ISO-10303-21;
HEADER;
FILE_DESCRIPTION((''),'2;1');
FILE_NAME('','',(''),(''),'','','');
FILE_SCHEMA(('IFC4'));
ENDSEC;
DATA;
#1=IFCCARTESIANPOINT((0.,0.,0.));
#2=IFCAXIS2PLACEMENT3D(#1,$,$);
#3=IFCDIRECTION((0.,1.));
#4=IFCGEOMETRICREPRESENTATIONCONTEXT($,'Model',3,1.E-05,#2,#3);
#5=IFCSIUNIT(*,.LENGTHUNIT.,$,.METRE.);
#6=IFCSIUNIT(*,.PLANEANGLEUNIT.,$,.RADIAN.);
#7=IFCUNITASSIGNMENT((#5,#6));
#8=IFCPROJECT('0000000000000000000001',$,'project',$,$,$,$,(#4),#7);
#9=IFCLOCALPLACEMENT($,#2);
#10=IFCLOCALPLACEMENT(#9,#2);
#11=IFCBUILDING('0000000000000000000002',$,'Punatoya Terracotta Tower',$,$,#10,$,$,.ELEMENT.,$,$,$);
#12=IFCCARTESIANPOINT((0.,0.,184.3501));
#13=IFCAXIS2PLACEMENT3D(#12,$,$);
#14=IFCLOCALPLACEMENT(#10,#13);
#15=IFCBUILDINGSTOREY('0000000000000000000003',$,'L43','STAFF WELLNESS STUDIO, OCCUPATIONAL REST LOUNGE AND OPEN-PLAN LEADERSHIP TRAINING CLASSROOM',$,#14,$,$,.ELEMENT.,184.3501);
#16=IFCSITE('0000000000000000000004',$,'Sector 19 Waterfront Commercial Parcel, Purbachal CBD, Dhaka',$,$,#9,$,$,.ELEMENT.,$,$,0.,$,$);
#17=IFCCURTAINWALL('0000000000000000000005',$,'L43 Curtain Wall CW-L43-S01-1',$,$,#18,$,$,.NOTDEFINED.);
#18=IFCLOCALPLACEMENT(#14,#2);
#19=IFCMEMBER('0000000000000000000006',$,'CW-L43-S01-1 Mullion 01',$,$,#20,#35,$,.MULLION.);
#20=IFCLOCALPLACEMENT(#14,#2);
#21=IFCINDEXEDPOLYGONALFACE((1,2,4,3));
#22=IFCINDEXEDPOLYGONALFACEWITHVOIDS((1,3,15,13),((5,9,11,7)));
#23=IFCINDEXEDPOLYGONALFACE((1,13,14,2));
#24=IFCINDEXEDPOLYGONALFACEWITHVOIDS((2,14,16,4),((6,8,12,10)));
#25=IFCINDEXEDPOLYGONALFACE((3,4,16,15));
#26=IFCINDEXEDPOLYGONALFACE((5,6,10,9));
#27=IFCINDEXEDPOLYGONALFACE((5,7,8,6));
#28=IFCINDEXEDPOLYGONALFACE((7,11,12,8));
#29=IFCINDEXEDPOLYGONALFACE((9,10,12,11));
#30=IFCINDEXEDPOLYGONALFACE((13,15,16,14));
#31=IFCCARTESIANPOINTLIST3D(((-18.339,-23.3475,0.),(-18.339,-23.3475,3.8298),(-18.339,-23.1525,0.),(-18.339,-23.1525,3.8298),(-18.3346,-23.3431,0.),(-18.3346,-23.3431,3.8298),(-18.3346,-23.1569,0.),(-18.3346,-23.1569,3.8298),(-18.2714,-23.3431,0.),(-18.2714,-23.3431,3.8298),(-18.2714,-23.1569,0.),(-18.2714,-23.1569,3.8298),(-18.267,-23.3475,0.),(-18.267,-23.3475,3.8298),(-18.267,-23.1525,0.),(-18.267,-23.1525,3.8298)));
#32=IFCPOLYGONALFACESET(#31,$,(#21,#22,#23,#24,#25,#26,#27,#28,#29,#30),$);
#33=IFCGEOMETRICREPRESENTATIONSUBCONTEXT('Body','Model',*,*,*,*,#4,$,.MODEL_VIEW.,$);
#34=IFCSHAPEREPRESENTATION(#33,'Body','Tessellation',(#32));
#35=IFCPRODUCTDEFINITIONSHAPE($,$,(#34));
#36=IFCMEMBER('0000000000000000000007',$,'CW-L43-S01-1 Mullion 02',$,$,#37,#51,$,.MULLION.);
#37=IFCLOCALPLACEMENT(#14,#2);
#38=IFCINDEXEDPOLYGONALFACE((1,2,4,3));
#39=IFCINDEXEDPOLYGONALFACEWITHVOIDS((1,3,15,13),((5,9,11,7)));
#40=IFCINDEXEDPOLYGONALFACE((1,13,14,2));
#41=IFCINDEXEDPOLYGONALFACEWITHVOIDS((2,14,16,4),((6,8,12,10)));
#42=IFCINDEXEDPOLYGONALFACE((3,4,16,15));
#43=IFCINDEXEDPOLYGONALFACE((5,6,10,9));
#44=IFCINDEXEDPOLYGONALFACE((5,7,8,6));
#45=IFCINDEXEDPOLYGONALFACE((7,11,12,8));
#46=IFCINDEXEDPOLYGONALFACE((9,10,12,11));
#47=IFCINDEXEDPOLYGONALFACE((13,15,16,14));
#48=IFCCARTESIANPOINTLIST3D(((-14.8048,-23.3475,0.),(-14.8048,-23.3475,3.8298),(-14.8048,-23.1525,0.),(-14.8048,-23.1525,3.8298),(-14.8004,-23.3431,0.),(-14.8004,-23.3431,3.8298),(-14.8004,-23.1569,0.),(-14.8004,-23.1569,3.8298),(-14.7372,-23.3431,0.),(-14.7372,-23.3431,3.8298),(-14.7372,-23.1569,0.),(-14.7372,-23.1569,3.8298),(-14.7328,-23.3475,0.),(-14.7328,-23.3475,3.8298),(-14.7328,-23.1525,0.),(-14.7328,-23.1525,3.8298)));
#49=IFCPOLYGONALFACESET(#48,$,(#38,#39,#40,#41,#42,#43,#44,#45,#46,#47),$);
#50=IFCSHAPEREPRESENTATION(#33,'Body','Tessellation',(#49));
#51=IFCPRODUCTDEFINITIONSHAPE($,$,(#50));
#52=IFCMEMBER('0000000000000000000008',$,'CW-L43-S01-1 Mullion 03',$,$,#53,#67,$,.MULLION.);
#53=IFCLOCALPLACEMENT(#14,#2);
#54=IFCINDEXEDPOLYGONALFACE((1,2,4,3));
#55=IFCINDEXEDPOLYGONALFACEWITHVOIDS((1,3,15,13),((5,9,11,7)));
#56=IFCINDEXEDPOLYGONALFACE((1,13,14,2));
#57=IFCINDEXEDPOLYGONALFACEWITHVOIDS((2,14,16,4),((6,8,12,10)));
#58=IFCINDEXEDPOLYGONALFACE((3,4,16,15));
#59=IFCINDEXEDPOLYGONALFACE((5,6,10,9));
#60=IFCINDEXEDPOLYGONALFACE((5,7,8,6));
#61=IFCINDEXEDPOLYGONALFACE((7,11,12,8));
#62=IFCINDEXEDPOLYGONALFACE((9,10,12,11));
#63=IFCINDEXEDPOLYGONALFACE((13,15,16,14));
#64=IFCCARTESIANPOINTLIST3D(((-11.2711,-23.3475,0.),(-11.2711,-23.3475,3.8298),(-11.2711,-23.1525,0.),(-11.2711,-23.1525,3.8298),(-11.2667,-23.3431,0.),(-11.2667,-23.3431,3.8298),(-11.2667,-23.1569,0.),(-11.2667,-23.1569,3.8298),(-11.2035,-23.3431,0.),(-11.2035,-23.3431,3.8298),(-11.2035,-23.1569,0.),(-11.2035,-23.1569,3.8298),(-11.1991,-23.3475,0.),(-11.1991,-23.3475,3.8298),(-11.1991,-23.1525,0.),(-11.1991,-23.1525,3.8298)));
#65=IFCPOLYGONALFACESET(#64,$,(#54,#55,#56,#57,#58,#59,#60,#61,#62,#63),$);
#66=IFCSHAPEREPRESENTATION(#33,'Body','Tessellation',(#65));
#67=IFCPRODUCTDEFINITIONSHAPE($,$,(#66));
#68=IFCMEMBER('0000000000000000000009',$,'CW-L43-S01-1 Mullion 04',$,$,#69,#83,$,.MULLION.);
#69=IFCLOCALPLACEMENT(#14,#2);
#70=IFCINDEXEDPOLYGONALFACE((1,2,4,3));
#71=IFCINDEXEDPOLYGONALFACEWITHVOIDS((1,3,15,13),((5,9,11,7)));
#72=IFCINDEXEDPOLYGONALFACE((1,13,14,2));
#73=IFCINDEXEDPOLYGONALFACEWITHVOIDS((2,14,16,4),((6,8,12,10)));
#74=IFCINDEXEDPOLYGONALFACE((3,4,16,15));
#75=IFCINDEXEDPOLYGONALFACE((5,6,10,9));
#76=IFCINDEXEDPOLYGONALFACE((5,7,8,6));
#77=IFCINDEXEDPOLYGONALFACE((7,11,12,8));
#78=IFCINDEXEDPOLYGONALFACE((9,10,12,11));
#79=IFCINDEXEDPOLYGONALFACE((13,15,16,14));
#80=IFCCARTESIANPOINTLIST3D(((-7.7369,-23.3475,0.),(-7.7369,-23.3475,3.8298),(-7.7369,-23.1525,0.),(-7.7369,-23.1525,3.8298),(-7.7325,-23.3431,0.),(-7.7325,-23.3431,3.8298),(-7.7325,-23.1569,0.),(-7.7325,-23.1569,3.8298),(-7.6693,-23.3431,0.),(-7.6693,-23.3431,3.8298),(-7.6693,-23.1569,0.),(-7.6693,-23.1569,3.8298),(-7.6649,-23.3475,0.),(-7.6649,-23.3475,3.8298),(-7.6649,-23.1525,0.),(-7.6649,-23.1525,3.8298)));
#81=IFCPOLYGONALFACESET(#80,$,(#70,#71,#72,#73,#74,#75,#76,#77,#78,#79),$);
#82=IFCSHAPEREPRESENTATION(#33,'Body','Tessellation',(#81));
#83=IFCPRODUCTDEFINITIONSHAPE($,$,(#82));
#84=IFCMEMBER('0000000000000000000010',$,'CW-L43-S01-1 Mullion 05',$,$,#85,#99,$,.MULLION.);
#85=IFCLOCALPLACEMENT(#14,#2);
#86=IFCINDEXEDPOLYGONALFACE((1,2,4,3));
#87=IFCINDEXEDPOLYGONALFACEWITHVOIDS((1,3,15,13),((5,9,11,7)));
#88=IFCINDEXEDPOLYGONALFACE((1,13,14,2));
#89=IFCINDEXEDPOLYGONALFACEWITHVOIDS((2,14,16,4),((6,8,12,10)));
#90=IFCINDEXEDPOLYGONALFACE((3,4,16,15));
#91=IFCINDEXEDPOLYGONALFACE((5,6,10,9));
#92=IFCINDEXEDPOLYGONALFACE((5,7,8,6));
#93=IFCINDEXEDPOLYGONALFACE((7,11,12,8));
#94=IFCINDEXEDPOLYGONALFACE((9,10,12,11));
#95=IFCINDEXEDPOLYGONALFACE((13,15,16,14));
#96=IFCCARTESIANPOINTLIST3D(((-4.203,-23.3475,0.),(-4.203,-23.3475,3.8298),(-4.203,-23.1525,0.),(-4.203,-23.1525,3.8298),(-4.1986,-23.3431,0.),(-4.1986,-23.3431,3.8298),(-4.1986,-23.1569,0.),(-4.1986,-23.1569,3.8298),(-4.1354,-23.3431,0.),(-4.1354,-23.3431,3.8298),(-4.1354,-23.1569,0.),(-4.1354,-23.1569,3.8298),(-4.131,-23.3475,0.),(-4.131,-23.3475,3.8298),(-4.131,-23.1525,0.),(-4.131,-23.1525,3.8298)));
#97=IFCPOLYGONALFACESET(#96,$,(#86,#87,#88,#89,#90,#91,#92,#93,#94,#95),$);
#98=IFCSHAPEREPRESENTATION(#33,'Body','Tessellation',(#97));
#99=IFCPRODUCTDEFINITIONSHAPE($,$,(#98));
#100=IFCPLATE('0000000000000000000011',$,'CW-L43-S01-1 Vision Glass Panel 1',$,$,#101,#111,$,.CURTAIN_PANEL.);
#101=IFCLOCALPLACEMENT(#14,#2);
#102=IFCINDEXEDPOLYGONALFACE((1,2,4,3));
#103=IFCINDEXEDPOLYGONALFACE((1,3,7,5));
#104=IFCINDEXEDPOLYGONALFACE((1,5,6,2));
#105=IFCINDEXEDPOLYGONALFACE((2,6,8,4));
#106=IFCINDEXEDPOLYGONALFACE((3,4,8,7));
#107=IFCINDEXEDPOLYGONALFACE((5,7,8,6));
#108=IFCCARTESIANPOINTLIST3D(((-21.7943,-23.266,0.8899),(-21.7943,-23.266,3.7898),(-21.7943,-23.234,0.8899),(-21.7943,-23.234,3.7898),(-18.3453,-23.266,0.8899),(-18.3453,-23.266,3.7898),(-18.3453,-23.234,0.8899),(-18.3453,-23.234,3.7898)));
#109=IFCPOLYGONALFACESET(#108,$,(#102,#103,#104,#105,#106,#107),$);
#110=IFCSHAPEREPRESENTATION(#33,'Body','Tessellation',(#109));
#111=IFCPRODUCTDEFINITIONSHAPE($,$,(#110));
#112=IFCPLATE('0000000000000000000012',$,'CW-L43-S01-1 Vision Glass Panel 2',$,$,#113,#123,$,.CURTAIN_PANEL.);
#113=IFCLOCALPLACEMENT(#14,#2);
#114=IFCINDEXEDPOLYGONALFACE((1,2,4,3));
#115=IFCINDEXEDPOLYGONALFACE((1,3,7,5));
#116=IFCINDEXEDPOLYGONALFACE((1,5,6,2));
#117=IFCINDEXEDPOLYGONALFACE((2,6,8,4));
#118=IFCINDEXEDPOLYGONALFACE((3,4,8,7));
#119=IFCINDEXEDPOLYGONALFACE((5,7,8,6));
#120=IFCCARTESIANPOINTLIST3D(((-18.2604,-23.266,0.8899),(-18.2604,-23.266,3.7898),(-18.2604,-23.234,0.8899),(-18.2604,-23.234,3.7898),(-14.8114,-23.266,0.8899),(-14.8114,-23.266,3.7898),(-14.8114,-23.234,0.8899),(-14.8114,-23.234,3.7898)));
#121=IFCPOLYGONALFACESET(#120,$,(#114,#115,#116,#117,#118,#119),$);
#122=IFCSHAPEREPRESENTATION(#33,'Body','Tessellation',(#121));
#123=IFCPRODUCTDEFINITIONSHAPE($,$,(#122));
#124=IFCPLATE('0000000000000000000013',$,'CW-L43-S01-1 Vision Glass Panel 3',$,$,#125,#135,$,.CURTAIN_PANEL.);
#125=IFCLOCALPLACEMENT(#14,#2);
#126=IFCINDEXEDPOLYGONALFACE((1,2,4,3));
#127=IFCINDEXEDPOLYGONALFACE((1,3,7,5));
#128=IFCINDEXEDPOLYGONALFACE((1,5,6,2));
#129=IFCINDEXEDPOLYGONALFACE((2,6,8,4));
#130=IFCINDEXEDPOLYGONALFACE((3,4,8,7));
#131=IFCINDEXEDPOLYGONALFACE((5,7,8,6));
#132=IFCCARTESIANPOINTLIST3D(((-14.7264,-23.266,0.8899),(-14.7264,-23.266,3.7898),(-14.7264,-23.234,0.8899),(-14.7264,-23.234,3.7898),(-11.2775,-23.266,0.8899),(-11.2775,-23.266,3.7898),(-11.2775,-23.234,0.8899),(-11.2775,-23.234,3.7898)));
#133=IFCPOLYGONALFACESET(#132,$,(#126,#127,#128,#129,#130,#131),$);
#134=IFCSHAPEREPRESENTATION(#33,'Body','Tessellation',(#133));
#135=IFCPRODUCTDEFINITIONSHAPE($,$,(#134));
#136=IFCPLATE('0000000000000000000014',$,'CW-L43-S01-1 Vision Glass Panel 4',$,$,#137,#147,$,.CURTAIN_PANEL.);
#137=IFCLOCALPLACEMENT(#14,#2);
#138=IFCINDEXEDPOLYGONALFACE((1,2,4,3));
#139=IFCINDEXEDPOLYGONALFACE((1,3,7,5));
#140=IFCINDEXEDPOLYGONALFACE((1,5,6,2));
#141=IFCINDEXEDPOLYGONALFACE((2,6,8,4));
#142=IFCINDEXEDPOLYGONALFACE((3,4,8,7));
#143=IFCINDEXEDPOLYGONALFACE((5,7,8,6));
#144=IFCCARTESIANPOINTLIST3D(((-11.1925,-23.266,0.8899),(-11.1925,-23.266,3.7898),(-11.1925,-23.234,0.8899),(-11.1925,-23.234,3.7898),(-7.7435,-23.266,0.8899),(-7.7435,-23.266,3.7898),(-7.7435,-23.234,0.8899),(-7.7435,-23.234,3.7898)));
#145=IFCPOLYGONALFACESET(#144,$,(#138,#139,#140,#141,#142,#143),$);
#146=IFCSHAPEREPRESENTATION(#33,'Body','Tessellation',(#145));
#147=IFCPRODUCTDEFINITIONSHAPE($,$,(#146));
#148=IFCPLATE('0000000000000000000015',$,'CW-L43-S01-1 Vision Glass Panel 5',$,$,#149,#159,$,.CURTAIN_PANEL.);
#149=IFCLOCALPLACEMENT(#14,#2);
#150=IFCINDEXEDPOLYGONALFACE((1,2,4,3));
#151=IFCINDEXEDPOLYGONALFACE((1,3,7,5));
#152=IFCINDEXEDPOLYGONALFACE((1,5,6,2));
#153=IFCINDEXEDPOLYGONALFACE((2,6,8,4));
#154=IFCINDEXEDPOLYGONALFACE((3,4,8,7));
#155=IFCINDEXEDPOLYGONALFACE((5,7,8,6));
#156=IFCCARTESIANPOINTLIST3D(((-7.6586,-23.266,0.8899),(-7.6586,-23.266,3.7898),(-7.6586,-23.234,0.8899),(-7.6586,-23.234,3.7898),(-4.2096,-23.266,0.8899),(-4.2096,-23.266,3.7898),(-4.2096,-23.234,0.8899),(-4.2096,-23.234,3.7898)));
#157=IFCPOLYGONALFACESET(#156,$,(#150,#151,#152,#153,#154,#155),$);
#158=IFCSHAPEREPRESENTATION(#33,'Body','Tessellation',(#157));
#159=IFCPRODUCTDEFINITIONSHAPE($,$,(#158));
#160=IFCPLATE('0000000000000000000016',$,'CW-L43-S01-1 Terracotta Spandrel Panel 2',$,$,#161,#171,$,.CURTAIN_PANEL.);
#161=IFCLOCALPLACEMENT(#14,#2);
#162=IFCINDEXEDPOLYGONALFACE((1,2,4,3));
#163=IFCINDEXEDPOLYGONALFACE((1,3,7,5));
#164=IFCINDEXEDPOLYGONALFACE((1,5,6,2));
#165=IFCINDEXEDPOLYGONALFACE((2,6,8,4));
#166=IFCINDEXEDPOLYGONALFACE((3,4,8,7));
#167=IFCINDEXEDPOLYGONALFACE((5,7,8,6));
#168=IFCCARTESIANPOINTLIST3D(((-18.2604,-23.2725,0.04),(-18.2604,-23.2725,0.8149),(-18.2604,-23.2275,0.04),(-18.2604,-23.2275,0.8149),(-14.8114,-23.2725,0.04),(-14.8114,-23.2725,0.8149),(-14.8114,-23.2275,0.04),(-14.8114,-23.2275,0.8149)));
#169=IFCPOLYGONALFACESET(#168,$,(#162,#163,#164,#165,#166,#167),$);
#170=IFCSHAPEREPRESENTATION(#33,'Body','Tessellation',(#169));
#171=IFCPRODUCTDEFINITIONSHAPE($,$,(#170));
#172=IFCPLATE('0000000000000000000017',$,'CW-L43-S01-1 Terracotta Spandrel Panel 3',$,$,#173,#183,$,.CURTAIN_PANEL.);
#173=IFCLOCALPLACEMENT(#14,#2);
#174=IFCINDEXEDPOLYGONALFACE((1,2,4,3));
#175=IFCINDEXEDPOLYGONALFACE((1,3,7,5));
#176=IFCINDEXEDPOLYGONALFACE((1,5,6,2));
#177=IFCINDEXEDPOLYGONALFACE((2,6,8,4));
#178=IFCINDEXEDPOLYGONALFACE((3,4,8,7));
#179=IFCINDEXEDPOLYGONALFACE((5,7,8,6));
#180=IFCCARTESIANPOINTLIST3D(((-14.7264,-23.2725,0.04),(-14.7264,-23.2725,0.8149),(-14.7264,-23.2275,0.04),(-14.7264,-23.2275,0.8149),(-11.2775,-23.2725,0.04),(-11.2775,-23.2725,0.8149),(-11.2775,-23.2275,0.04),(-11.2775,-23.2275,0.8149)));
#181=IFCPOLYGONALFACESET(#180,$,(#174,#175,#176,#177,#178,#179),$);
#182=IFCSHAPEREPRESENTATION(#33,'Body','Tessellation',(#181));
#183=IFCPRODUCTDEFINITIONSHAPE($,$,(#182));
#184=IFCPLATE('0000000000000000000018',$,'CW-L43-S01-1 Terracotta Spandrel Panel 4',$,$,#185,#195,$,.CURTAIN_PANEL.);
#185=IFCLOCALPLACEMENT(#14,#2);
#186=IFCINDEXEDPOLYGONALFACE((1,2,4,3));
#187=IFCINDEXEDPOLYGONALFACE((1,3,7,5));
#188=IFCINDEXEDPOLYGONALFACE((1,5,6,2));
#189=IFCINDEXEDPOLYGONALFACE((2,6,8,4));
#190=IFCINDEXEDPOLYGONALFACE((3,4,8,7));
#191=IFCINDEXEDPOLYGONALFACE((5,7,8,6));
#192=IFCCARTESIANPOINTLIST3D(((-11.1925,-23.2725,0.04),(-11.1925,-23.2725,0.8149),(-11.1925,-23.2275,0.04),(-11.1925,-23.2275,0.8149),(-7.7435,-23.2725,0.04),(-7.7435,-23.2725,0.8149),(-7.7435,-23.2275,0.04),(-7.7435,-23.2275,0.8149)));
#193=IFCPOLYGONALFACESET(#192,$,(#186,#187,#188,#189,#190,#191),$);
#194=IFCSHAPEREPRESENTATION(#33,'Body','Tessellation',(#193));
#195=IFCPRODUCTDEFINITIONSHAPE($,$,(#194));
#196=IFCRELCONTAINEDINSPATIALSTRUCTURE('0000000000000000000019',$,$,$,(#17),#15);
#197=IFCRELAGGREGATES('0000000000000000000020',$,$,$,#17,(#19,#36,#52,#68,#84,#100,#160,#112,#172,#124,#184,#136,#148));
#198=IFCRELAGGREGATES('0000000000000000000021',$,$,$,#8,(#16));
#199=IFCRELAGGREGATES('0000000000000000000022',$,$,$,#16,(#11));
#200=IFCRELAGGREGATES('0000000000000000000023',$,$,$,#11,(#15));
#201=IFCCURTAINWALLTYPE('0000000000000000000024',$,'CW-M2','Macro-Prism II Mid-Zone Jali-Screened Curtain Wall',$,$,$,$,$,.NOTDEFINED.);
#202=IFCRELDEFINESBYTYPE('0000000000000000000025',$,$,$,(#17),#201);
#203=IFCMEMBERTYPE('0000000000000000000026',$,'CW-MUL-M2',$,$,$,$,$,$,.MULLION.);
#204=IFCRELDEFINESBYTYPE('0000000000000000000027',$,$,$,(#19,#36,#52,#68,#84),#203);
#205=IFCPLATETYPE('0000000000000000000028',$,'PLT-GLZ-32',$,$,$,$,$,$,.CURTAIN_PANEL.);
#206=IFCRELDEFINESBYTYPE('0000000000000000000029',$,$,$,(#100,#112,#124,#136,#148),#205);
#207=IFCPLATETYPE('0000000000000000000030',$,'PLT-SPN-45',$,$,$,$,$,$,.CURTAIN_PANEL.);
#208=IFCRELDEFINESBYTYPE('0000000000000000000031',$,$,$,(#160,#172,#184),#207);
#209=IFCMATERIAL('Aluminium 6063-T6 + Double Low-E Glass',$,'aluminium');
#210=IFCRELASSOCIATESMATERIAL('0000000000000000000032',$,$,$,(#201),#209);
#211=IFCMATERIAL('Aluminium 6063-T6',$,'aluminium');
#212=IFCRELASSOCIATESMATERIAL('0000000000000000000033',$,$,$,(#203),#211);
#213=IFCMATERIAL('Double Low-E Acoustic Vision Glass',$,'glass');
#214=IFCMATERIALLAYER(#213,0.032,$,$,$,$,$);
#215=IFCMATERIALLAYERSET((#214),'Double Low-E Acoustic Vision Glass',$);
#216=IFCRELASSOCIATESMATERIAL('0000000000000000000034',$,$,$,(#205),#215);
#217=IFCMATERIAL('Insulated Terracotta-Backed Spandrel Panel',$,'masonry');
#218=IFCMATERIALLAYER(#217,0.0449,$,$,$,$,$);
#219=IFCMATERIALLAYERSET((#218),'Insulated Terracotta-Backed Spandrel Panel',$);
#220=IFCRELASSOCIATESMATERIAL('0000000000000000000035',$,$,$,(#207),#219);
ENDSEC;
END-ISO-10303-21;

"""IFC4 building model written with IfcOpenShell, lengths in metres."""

from ifc_helpers import new_model, si_unit, direction, frame, origin, origin_2d, place, context, subcontext, project, spatial, rectangle, hollow_rectangle, extrude, material, layer, layer_set, material_profile, profile_set, type_object, element, aggregate, save


model = new_model("IFC4")

# Units and contexts
model_context = context("Model", 3, precision=1e-05, world=origin(), true_north=direction((0.0, 1.0)))
body_context = subcontext(model_context, "Body", "Model", "MODEL_VIEW")
ifc_project = project(units=[si_unit("LENGTHUNIT", "METRE"), si_unit("PLANEANGLEUNIT", "RADIAN")], contexts=[model_context])

# Site, building, storey
site_placement = place(None, origin())
site = spatial("IfcSite", under=ifc_project, at=site_placement, Name="Sector 19 Waterfront Commercial Parcel, Purbachal CBD, Dhaka", CompositionType="ELEMENT", RefElevation=0.0)
building_placement = place(site_placement, origin())
building = spatial("IfcBuilding", under=site, at=building_placement, Name="Punatoya Terracotta Tower", CompositionType="ELEMENT")
storey_placement = place(building_placement, frame((0.0, 0.0, 184.3501)))
storey = spatial("IfcBuildingStorey", under=building, at=storey_placement, Name="L43", Description="STAFF WELLNESS STUDIO, OCCUPATIONAL REST LOUNGE AND OPEN-PLAN LEADERSHIP TRAINING CLASSROOM", CompositionType="ELEMENT", Elevation=184.3501)

# Curtain wall, members, plates
ifc_material_1 = material(Name="Aluminium 6063-T6 + Double Low-E Glass", Category="aluminium")
curtain_wall_type = type_object("IfcCurtainWallType", Name="CW-M2", Description="Macro-Prism II Mid-Zone Jali-Screened Curtain Wall", PredefinedType="NOTDEFINED", material=ifc_material_1)
curtain_wall_placement = place(storey_placement, origin())
curtain_wall = element("IfcCurtainWall", 1, at=curtain_wall_placement, inside=storey, type_object=curtain_wall_type, Name="L43 Curtain Wall CW-L43-S01-1", PredefinedType="NOTDEFINED")
ifc_material_2 = material(Name="Aluminium 6063-T6", Category="aluminium")
ifc_material_profile_1 = material_profile(ifc_material_2, hollow_rectangle(XDim=0.072, YDim=0.1951, WallThickness=0.0044, at=origin_2d()))
ifc_profile_set_1 = profile_set([ifc_material_profile_1], Name="Aluminium 6063-T6")
member_type = type_object("IfcMemberType", Name="CW-MUL-M2", PredefinedType="MULLION", material=ifc_profile_set_1)
member_1_placement = place(storey_placement, frame((-18.303, -23.25, 0.0), z_axis=(0.0, 0.0, 1.0), x_axis=(1.0, 0.0, 0.0)))
member_1 = element("IfcMember", 2, at=member_1_placement, type_object=member_type, Name="CW-L43-S01-1 Mullion 01", PredefinedType="MULLION", context=body_context, shape_type="SweptSolid", body=[
    extrude(hollow_rectangle(XDim=0.072, YDim=0.1951, WallThickness=0.0044, at=origin_2d()), origin(), (0.0, 0.0, 1.0), 3.8298),
])
member_2_placement = place(storey_placement, frame((-14.7688, -23.25, 0.0), z_axis=(0.0, 0.0, 1.0), x_axis=(1.0, 0.0, 0.0)))
member_2 = element("IfcMember", 3, at=member_2_placement, type_object=member_type, Name="CW-L43-S01-1 Mullion 02", PredefinedType="MULLION", context=body_context, shape_type="SweptSolid", body=[
    extrude(hollow_rectangle(XDim=0.072, YDim=0.1951, WallThickness=0.0044, at=origin_2d()), origin(), (0.0, 0.0, 1.0), 3.8298),
])
member_3_placement = place(storey_placement, frame((-11.2351, -23.25, 0.0), z_axis=(0.0, 0.0, 1.0), x_axis=(1.0, 0.0, 0.0)))
member_3 = element("IfcMember", 4, at=member_3_placement, type_object=member_type, Name="CW-L43-S01-1 Mullion 03", PredefinedType="MULLION", context=body_context, shape_type="SweptSolid", body=[
    extrude(hollow_rectangle(XDim=0.072, YDim=0.1951, WallThickness=0.0044, at=origin_2d()), origin(), (0.0, 0.0, 1.0), 3.8298),
])
member_4_placement = place(storey_placement, frame((-7.7009, -23.25, 0.0), z_axis=(0.0, 0.0, 1.0), x_axis=(1.0, 0.0, 0.0)))
member_4 = element("IfcMember", 5, at=member_4_placement, type_object=member_type, Name="CW-L43-S01-1 Mullion 04", PredefinedType="MULLION", context=body_context, shape_type="SweptSolid", body=[
    extrude(hollow_rectangle(XDim=0.072, YDim=0.1951, WallThickness=0.0044, at=origin_2d()), origin(), (0.0, 0.0, 1.0), 3.8298),
])
member_5_placement = place(storey_placement, frame((-4.167, -23.25, 0.0), z_axis=(0.0, 0.0, 1.0), x_axis=(1.0, 0.0, 0.0)))
member_5 = element("IfcMember", 6, at=member_5_placement, type_object=member_type, Name="CW-L43-S01-1 Mullion 05", PredefinedType="MULLION", context=body_context, shape_type="SweptSolid", body=[
    extrude(hollow_rectangle(XDim=0.072, YDim=0.1951, WallThickness=0.0044, at=origin_2d()), origin(), (0.0, 0.0, 1.0), 3.8298),
])
ifc_material_3 = material(Name="Double Low-E Acoustic Vision Glass", Category="glass")
ifc_layer_1 = layer(ifc_material_3, 0.032)
ifc_layer_set_1 = layer_set([ifc_layer_1], Name="Double Low-E Acoustic Vision Glass")
plate_type_1 = type_object("IfcPlateType", Name="PLT-GLZ-32", PredefinedType="CURTAIN_PANEL", material=ifc_layer_set_1)
plate_1_placement = place(storey_placement, frame((-20.0698, -23.25, 0.8899), z_axis=(0.0, 0.0, 1.0), x_axis=(1.0, 0.0, 0.0)))
plate_1 = element("IfcPlate", 7, at=plate_1_placement, type_object=plate_type_1, Name="CW-L43-S01-1 Vision Glass Panel 1", PredefinedType="CURTAIN_PANEL", context=body_context, shape_type="SweptSolid", body=[
    extrude(rectangle(XDim=3.449, YDim=0.032, at=origin_2d()), origin(), (0.0, 0.0, 1.0), 2.8999),
])
plate_2_placement = place(storey_placement, frame((-16.5359, -23.25, 0.8899), z_axis=(0.0, 0.0, 1.0), x_axis=(1.0, 0.0, 0.0)))
plate_2 = element("IfcPlate", 8, at=plate_2_placement, type_object=plate_type_1, Name="CW-L43-S01-1 Vision Glass Panel 2", PredefinedType="CURTAIN_PANEL", context=body_context, shape_type="SweptSolid", body=[
    extrude(rectangle(XDim=3.449, YDim=0.032, at=origin_2d()), origin(), (0.0, 0.0, 1.0), 2.8999),
])
plate_3_placement = place(storey_placement, frame((-13.002, -23.25, 0.8899), z_axis=(0.0, 0.0, 1.0), x_axis=(1.0, 0.0, 0.0)))
plate_3 = element("IfcPlate", 9, at=plate_3_placement, type_object=plate_type_1, Name="CW-L43-S01-1 Vision Glass Panel 3", PredefinedType="CURTAIN_PANEL", context=body_context, shape_type="SweptSolid", body=[
    extrude(rectangle(XDim=3.449, YDim=0.032, at=origin_2d()), origin(), (0.0, 0.0, 1.0), 2.8999),
])
plate_4_placement = place(storey_placement, frame((-9.468, -23.25, 0.8899), z_axis=(0.0, 0.0, 1.0), x_axis=(1.0, 0.0, 0.0)))
plate_4 = element("IfcPlate", 10, at=plate_4_placement, type_object=plate_type_1, Name="CW-L43-S01-1 Vision Glass Panel 4", PredefinedType="CURTAIN_PANEL", context=body_context, shape_type="SweptSolid", body=[
    extrude(rectangle(XDim=3.449, YDim=0.032, at=origin_2d()), origin(), (0.0, 0.0, 1.0), 2.8999),
])
plate_5_placement = place(storey_placement, frame((-5.9341, -23.25, 0.8899), z_axis=(0.0, 0.0, 1.0), x_axis=(1.0, 0.0, 0.0)))
plate_5 = element("IfcPlate", 11, at=plate_5_placement, type_object=plate_type_1, Name="CW-L43-S01-1 Vision Glass Panel 5", PredefinedType="CURTAIN_PANEL", context=body_context, shape_type="SweptSolid", body=[
    extrude(rectangle(XDim=3.449, YDim=0.032, at=origin_2d()), origin(), (0.0, 0.0, 1.0), 2.8999),
])
ifc_material_4 = material(Name="Insulated Terracotta-Backed Spandrel Panel", Category="masonry")
ifc_layer_2 = layer(ifc_material_4, 0.0449)
ifc_layer_set_2 = layer_set([ifc_layer_2], Name="Insulated Terracotta-Backed Spandrel Panel")
plate_type_2 = type_object("IfcPlateType", Name="PLT-SPN-45", PredefinedType="CURTAIN_PANEL", material=ifc_layer_set_2)
plate_6_placement = place(storey_placement, frame((-16.5359, -23.25, 0.04), z_axis=(0.0, 0.0, 1.0), x_axis=(1.0, 0.0, 0.0)))
plate_6 = element("IfcPlate", 12, at=plate_6_placement, type_object=plate_type_2, Name="CW-L43-S01-1 Terracotta Spandrel Panel 2", PredefinedType="CURTAIN_PANEL", context=body_context, shape_type="SweptSolid", body=[
    extrude(rectangle(XDim=3.449, YDim=0.0449, at=origin_2d()), origin(), (0.0, 0.0, 1.0), 0.7749),
])
plate_7_placement = place(storey_placement, frame((-13.002, -23.25, 0.04), z_axis=(0.0, 0.0, 1.0), x_axis=(1.0, 0.0, 0.0)))
plate_7 = element("IfcPlate", 13, at=plate_7_placement, type_object=plate_type_2, Name="CW-L43-S01-1 Terracotta Spandrel Panel 3", PredefinedType="CURTAIN_PANEL", context=body_context, shape_type="SweptSolid", body=[
    extrude(rectangle(XDim=3.449, YDim=0.0449, at=origin_2d()), origin(), (0.0, 0.0, 1.0), 0.7749),
])
plate_8_placement = place(storey_placement, frame((-9.468, -23.25, 0.04), z_axis=(0.0, 0.0, 1.0), x_axis=(1.0, 0.0, 0.0)))
plate_8 = element("IfcPlate", 14, at=plate_8_placement, type_object=plate_type_2, Name="CW-L43-S01-1 Terracotta Spandrel Panel 4", PredefinedType="CURTAIN_PANEL", context=body_context, shape_type="SweptSolid", body=[
    extrude(rectangle(XDim=3.449, YDim=0.0449, at=origin_2d()), origin(), (0.0, 0.0, 1.0), 0.7749),
])
aggregate(curtain_wall, [member_1, member_2, member_3, member_4, member_5, plate_1, plate_6, plate_2, plate_7, plate_3, plate_8, plate_4, plate_5])

save(model, "model.ifc")
